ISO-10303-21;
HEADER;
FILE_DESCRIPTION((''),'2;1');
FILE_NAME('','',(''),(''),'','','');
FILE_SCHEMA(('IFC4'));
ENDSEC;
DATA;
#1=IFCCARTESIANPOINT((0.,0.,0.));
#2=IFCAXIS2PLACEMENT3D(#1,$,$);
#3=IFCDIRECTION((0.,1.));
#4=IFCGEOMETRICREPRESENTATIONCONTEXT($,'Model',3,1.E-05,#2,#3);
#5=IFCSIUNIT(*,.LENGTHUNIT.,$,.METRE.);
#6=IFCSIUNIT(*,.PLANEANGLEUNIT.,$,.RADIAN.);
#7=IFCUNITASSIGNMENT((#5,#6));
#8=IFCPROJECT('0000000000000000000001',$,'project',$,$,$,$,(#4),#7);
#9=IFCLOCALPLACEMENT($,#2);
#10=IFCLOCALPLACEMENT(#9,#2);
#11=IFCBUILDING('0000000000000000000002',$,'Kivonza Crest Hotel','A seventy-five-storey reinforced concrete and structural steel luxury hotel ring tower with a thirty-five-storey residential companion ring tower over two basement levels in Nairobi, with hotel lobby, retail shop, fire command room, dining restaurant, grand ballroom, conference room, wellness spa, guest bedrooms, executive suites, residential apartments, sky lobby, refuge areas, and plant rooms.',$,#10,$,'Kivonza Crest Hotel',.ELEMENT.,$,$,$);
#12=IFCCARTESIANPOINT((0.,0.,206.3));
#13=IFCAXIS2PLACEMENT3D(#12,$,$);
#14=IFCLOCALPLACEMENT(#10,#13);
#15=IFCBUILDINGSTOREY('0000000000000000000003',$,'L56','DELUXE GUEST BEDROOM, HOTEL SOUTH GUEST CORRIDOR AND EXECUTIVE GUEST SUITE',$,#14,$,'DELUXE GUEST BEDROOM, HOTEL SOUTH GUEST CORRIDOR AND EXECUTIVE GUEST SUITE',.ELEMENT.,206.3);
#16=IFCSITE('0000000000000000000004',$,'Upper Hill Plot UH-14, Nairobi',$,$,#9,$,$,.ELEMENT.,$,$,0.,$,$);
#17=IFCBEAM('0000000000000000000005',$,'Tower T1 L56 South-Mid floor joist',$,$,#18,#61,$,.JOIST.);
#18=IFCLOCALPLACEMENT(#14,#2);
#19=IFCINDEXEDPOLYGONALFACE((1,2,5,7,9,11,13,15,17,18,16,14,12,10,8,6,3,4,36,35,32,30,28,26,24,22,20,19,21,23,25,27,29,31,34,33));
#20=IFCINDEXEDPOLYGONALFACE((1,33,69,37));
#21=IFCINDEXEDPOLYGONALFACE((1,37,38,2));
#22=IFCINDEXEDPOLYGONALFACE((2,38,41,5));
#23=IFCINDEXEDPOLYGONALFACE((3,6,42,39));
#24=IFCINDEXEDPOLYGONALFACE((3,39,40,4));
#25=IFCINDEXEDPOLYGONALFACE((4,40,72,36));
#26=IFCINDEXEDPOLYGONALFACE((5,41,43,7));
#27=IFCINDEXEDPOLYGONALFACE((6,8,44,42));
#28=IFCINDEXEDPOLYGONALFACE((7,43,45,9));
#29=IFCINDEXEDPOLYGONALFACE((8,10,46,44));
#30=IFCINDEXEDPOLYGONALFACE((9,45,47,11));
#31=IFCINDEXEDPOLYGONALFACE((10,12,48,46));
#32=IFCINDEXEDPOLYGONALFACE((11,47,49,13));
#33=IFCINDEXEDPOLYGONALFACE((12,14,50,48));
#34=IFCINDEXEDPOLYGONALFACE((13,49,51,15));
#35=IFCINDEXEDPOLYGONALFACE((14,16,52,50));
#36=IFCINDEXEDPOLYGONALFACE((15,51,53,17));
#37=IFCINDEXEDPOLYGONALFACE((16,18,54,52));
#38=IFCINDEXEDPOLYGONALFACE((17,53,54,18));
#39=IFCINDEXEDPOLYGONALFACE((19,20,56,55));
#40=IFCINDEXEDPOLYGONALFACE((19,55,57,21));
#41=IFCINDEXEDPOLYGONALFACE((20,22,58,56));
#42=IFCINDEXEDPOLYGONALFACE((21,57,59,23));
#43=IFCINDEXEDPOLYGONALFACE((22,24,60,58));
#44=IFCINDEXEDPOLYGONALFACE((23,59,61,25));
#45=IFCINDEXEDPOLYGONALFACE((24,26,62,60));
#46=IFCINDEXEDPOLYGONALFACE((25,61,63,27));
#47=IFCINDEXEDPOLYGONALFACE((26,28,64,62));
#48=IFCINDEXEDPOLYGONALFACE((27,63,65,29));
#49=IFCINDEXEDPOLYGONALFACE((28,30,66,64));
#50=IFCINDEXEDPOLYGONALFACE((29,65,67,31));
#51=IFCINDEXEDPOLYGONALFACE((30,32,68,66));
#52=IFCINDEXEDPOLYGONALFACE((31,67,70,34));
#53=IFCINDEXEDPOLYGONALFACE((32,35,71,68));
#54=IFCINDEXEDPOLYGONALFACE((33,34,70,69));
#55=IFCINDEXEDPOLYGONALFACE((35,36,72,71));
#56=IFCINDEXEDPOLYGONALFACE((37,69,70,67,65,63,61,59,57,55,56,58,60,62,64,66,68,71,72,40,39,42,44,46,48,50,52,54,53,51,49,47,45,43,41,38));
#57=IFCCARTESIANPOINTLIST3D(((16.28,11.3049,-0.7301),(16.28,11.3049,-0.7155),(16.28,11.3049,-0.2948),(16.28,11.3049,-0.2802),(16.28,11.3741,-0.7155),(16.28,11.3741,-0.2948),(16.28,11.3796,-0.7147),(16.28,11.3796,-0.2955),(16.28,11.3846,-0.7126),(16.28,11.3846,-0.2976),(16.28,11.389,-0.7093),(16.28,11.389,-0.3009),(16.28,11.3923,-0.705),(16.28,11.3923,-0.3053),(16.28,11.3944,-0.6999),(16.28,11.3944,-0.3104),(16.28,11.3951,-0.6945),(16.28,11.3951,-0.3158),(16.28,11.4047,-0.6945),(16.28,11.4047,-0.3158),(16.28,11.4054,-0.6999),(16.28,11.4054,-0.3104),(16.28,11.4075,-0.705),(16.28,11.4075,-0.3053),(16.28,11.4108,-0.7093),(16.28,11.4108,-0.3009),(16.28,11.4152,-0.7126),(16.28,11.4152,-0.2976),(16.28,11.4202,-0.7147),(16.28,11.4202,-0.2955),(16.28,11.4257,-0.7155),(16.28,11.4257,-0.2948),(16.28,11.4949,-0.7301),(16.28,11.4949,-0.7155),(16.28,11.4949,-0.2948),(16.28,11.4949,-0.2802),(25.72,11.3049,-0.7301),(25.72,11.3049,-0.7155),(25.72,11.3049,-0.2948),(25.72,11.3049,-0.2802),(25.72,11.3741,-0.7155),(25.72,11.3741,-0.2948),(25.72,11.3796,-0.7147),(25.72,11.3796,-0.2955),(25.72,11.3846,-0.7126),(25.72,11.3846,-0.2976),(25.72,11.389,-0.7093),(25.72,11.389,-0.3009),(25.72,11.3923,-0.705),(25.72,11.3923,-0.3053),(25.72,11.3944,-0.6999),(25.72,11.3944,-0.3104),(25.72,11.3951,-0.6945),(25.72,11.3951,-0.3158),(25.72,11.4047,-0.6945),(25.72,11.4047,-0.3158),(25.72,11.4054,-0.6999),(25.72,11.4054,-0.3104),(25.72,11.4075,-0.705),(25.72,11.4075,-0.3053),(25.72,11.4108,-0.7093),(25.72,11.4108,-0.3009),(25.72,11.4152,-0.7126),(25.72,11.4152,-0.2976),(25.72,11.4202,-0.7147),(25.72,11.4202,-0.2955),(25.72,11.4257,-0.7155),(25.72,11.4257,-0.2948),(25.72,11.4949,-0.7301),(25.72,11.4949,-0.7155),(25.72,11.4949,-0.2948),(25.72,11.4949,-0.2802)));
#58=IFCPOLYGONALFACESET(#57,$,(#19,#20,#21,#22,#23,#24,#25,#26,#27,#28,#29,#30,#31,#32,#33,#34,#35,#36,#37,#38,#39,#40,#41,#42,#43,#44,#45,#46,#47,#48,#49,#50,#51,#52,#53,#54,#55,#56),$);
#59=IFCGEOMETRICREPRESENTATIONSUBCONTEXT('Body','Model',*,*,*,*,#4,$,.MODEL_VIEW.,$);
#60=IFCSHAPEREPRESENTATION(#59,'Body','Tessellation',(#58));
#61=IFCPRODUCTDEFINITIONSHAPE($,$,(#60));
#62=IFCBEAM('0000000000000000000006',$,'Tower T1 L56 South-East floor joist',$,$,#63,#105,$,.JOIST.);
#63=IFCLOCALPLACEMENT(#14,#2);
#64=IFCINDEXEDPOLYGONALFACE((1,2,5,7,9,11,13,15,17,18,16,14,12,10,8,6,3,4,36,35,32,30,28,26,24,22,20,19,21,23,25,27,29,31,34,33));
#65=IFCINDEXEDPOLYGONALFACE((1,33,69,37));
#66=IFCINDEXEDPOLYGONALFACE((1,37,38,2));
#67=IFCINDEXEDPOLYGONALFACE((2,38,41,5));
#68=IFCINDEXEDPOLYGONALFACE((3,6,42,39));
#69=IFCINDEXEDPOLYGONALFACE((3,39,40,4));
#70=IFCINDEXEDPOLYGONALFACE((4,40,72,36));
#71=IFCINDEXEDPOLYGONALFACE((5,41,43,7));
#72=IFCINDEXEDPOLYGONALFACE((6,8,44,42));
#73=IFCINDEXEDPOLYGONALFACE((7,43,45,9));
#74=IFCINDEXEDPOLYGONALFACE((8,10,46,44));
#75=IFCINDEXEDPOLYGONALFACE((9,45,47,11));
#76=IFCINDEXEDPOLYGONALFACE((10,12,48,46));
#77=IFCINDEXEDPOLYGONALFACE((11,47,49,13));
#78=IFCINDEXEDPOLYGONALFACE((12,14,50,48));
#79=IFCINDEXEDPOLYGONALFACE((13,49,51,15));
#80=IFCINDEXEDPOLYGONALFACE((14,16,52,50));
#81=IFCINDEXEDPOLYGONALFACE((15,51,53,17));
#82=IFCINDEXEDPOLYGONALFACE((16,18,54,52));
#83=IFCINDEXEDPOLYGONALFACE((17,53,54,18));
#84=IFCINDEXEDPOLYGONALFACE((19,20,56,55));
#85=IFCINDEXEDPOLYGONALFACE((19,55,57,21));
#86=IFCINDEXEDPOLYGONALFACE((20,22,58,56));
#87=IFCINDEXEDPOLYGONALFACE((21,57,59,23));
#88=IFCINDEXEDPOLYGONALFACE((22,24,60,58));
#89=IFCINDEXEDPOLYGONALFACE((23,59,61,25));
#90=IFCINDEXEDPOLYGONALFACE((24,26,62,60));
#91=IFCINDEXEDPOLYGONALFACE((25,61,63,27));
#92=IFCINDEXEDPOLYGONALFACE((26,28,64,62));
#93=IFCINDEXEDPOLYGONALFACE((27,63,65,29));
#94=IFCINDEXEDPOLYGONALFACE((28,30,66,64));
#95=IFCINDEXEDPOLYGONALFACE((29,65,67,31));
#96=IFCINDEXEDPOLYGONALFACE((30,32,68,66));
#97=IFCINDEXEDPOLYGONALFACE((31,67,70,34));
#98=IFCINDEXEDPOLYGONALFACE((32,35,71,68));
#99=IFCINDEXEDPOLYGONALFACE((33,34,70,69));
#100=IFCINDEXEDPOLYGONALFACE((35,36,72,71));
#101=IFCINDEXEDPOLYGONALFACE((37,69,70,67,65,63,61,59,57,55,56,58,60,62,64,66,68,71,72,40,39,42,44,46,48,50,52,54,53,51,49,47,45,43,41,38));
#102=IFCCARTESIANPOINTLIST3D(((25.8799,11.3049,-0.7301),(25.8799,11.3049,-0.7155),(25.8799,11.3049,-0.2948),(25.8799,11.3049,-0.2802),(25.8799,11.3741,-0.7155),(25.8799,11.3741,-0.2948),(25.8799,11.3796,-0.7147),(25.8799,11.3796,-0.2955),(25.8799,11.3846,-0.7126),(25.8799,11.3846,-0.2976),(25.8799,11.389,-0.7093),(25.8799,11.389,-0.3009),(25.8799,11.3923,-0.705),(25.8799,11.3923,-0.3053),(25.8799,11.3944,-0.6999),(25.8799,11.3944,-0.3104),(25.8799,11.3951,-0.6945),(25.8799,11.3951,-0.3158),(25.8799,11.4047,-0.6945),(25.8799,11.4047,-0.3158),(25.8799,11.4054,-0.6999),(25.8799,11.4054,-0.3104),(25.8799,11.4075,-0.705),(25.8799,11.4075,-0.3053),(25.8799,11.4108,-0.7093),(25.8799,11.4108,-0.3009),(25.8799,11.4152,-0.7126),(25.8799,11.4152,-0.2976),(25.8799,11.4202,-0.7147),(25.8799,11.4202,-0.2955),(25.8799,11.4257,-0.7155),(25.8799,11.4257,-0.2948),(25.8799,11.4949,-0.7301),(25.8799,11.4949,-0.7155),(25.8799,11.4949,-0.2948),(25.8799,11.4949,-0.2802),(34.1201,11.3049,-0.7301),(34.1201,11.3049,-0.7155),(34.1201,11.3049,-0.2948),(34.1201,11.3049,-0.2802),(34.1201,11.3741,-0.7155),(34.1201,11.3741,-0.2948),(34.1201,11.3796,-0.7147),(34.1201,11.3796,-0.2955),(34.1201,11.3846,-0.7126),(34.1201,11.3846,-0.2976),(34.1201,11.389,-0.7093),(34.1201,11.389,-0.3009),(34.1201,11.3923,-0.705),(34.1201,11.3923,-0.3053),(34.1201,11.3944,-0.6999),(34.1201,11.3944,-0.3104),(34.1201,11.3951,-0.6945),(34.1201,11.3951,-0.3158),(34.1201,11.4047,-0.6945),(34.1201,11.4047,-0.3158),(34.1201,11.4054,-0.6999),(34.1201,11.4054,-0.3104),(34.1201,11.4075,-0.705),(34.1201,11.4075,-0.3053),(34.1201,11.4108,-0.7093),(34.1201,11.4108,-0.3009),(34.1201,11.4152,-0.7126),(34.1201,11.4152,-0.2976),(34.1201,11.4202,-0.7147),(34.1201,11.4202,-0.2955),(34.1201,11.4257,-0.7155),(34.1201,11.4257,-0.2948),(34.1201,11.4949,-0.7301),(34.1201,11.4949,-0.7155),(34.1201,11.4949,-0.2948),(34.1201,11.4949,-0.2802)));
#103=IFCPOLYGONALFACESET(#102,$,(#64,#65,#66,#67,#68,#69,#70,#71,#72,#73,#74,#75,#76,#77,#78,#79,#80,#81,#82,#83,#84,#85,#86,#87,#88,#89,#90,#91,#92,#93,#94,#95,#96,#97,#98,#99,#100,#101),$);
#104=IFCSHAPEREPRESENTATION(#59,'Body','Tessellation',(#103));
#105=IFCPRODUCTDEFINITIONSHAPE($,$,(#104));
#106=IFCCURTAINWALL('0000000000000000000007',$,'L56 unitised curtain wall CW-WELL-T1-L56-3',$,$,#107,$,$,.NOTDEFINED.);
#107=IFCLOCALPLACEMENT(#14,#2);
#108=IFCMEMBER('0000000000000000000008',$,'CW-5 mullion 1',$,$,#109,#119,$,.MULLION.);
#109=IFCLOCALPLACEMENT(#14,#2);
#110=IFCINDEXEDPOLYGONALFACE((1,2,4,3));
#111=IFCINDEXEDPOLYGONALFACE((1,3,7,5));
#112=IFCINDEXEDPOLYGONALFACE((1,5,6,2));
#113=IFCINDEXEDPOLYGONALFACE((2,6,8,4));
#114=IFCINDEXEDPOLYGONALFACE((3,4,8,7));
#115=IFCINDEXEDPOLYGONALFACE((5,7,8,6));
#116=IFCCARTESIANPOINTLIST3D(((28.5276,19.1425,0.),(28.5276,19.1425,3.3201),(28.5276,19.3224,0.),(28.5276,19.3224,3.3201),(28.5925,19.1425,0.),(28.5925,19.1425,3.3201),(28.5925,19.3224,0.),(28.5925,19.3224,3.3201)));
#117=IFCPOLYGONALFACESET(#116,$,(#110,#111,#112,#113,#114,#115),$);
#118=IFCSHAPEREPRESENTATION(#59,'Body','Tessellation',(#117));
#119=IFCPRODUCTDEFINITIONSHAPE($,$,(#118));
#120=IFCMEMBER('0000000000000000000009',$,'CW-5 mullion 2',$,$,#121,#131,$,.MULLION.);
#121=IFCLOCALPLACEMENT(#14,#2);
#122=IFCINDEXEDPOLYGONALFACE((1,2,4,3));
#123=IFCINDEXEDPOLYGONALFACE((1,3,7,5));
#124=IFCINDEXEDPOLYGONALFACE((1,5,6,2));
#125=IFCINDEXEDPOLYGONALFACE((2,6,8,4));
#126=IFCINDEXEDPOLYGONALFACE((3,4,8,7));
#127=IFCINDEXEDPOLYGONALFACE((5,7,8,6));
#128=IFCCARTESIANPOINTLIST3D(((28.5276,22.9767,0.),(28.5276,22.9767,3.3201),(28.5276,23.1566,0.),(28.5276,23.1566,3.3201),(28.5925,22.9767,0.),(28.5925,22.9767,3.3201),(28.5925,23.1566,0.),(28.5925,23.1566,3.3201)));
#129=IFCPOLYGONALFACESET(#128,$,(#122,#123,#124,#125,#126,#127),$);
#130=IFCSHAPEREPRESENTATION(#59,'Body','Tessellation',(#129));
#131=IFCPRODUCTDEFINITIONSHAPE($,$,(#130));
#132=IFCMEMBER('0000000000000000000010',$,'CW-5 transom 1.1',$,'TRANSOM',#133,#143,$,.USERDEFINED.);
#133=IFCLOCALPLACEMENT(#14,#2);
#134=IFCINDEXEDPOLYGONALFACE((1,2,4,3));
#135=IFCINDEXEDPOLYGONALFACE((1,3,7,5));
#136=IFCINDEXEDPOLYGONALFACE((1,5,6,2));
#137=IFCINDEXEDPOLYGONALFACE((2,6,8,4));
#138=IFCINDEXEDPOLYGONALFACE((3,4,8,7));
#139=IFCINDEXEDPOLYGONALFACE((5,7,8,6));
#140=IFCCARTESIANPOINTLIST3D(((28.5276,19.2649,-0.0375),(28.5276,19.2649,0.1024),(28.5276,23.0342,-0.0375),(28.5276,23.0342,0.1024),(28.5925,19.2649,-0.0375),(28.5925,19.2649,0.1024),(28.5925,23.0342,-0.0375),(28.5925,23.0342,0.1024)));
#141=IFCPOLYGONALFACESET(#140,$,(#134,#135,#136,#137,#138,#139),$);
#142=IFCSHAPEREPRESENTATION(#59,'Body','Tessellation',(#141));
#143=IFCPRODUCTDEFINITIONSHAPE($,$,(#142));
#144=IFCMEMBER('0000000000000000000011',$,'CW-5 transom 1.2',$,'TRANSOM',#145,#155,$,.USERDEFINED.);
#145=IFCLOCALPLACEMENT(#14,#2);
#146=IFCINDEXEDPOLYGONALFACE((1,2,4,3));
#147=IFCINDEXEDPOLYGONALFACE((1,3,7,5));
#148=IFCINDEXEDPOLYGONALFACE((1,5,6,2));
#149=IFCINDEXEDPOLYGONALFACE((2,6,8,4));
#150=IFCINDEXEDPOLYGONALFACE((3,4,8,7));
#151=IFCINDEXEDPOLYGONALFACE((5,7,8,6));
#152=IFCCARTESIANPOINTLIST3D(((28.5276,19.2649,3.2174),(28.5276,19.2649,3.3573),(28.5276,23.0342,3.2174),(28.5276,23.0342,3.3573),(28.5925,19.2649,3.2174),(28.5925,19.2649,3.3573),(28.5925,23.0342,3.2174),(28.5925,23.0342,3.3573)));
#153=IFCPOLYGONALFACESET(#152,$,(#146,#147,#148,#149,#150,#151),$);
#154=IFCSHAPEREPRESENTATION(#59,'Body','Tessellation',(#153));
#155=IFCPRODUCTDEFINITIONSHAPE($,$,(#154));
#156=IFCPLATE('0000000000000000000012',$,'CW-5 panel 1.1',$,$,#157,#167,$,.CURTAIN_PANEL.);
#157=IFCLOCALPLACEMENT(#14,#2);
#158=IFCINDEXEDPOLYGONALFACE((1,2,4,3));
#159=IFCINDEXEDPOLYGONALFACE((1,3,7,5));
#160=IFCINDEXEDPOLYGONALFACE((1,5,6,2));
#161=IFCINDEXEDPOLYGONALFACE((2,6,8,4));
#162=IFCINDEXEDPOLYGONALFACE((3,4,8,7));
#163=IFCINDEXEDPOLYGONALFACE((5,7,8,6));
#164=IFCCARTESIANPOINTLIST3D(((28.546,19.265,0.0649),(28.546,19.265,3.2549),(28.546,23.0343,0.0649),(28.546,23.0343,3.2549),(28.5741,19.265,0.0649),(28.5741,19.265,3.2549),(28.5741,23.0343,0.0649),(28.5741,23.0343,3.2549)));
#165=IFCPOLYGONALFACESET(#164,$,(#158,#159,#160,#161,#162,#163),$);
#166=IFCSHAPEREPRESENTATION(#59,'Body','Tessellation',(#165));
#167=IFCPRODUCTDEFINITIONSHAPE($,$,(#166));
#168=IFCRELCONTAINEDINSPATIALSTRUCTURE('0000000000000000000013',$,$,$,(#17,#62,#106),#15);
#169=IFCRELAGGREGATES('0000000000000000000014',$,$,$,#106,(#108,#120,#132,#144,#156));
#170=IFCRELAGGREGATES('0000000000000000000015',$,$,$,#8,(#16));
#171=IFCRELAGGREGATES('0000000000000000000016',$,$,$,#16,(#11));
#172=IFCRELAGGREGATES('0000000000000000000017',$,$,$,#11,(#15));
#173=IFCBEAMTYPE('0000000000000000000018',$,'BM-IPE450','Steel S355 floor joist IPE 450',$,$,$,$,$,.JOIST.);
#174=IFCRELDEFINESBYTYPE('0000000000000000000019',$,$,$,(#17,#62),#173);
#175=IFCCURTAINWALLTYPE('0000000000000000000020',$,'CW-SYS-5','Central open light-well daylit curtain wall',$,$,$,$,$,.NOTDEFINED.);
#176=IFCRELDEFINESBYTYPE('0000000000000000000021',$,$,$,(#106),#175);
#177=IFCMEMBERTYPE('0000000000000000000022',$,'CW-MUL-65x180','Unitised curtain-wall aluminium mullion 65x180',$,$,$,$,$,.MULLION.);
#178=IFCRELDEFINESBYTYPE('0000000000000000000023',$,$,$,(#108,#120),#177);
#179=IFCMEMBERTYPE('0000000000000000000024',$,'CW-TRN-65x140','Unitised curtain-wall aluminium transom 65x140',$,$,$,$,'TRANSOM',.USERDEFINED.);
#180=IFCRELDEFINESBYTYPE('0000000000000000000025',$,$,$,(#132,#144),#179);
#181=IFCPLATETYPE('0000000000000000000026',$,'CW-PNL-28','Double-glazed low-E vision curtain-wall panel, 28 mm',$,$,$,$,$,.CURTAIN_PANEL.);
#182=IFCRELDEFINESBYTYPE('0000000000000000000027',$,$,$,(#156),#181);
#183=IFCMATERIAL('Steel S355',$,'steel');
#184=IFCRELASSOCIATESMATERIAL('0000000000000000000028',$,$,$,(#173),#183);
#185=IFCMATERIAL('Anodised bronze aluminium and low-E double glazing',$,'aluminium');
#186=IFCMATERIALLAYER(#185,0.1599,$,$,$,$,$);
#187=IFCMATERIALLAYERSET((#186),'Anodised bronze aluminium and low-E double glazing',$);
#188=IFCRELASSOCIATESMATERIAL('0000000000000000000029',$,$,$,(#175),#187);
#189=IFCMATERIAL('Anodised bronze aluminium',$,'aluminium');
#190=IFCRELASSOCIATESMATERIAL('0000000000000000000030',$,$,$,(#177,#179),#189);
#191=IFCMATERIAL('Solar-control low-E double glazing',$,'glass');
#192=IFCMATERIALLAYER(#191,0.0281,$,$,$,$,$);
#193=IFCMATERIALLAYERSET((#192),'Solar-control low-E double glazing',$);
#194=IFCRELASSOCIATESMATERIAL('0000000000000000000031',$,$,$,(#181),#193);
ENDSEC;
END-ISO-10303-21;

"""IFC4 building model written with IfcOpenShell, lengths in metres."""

from ifc_helpers import new_model, si_unit, direction, frame, origin, origin_2d, place, context, subcontext, project, spatial, rectangle, i_section, extrude, material, layer, layer_set, material_profile, profile_set, type_object, element, aggregate, save


model = new_model("IFC4")

# Units and contexts
model_context = context("Model", 3, precision=1e-05, world=origin(), true_north=direction((0.0, 1.0)))
body_context = subcontext(model_context, "Body", "Model", "MODEL_VIEW")
ifc_project = project(units=[si_unit("LENGTHUNIT", "METRE"), si_unit("PLANEANGLEUNIT", "RADIAN")], contexts=[model_context])

# Site, building, storey
site_placement = place(None, origin())
site = spatial("IfcSite", under=ifc_project, at=site_placement, Name="Upper Hill Plot UH-14, Nairobi", CompositionType="ELEMENT", RefElevation=0.0)
building_placement = place(site_placement, origin())
building = spatial("IfcBuilding", under=site, at=building_placement, Name="Kivonza Crest Hotel", Description="A seventy-five-storey reinforced concrete and structural steel luxury hotel ring tower with a thirty-five-storey residential companion ring tower over two basement levels in Nairobi, with hotel lobby, retail shop, fire command room, dining restaurant, grand ballroom, conference room, wellness spa, guest bedrooms, executive suites, residential apartments, sky lobby, refuge areas, and plant rooms.", LongName="Kivonza Crest Hotel", CompositionType="ELEMENT")
storey_placement = place(building_placement, frame((0.0, 0.0, 206.3)))
storey = spatial("IfcBuildingStorey", under=building, at=storey_placement, Name="L56", Description="DELUXE GUEST BEDROOM, HOTEL SOUTH GUEST CORRIDOR AND EXECUTIVE GUEST SUITE", LongName="DELUXE GUEST BEDROOM, HOTEL SOUTH GUEST CORRIDOR AND EXECUTIVE GUEST SUITE", CompositionType="ELEMENT", Elevation=206.3)

# Beams
ifc_material_1 = material(Name="Steel S355", Category="steel")
ifc_material_profile_1 = material_profile(ifc_material_1, i_section(OverallWidth=0.1899, OverallDepth=0.45, WebThickness=0.0095, FlangeThickness=0.0146, FilletRadius=0.021, at=origin_2d()), Name="IPE 450")
ifc_profile_set_1 = profile_set([ifc_material_profile_1], Name="Steel S355")
beam_type = type_object("IfcBeamType", Name="BM-IPE450", Description="Steel S355 floor joist IPE 450", PredefinedType="JOIST", material=ifc_profile_set_1)
beam_1_placement = place(storey_placement, frame((16.28, 11.3999, -0.5051), z_axis=(1.0, 0.0, 0.0), x_axis=(0.0, 1.0, 0.0)))
element("IfcBeam", 1, at=beam_1_placement, inside=storey, type_object=beam_type, Name="Tower T1 L56 South-Mid floor joist", PredefinedType="JOIST", context=body_context, shape_type="SweptSolid", body=[
    extrude(i_section(OverallWidth=0.1899, OverallDepth=0.45, WebThickness=0.0095, FlangeThickness=0.0146, FilletRadius=0.021, at=origin_2d()), origin(), (0.0, 0.0, 1.0), 9.4399),
])
beam_2_placement = place(storey_placement, frame((25.8799, 11.3999, -0.5051), z_axis=(1.0, 0.0, 0.0), x_axis=(0.0, 1.0, 0.0)))
element("IfcBeam", 2, at=beam_2_placement, inside=storey, type_object=beam_type, Name="Tower T1 L56 South-East floor joist", PredefinedType="JOIST", context=body_context, shape_type="SweptSolid", body=[
    extrude(i_section(OverallWidth=0.1899, OverallDepth=0.45, WebThickness=0.0095, FlangeThickness=0.0146, FilletRadius=0.021, at=origin_2d()), origin(), (0.0, 0.0, 1.0), 8.2402),
])

# Curtain wall, members, plate
ifc_material_2 = material(Name="Anodised bronze aluminium and low-E double glazing", Category="aluminium")
ifc_layer_1 = layer(ifc_material_2, 0.1599)
ifc_layer_set_1 = layer_set([ifc_layer_1], Name="Anodised bronze aluminium and low-E double glazing")
curtain_wall_type = type_object("IfcCurtainWallType", Name="CW-SYS-5", Description="Central open light-well daylit curtain wall", PredefinedType="NOTDEFINED", material=ifc_layer_set_1)
curtain_wall_placement = place(storey_placement, origin())
curtain_wall = element("IfcCurtainWall", 3, at=curtain_wall_placement, inside=storey, type_object=curtain_wall_type, Name="L56 unitised curtain wall CW-WELL-T1-L56-3", PredefinedType="NOTDEFINED")
ifc_material_3 = material(Name="Anodised bronze aluminium", Category="aluminium")
ifc_material_profile_2 = material_profile(ifc_material_3, rectangle(XDim=0.0649, YDim=0.1799, at=origin_2d()), Name="CW-M 65x180")
ifc_profile_set_2 = profile_set([ifc_material_profile_2], Name="Anodised bronze aluminium")
member_type_1 = type_object("IfcMemberType", Name="CW-MUL-65x180", Description="Unitised curtain-wall aluminium mullion 65x180", PredefinedType="MULLION", material=ifc_profile_set_2)
member_1_placement = place(storey_placement, frame((28.5601, 19.2324, 0.0), z_axis=(0.0, 0.0, 1.0), x_axis=(-1.0, 0.0, 0.0)))
member_1 = element("IfcMember", 4, at=member_1_placement, type_object=member_type_1, Name="CW-5 mullion 1", PredefinedType="MULLION", context=body_context, shape_type="SweptSolid", body=[
    extrude(rectangle(XDim=0.0649, YDim=0.1799, at=origin_2d()), origin(), (0.0, 0.0, 1.0), 3.3201),
])
member_2_placement = place(storey_placement, frame((28.5601, 23.0667, 0.0), z_axis=(0.0, 0.0, 1.0), x_axis=(-1.0, 0.0, 0.0)))
member_2 = element("IfcMember", 5, at=member_2_placement, type_object=member_type_1, Name="CW-5 mullion 2", PredefinedType="MULLION", context=body_context, shape_type="SweptSolid", body=[
    extrude(rectangle(XDim=0.0649, YDim=0.1799, at=origin_2d()), origin(), (0.0, 0.0, 1.0), 3.3201),
])
ifc_material_profile_3 = material_profile(ifc_material_3, rectangle(XDim=0.0649, YDim=0.1399, at=origin_2d()), Name="CW-T 65x140")
ifc_profile_set_3 = profile_set([ifc_material_profile_3], Name="Anodised bronze aluminium")
member_type_2 = type_object("IfcMemberType", Name="CW-TRN-65x140", Description="Unitised curtain-wall aluminium transom 65x140", ElementType="TRANSOM", PredefinedType="USERDEFINED", material=ifc_profile_set_3)
member_3_placement = place(storey_placement, frame((28.5601, 19.2649, 0.0325), z_axis=(0.0, 1.0, 0.0), x_axis=(-1.0, 0.0, 0.0)))
member_3 = element("IfcMember", 6, at=member_3_placement, type_object=member_type_2, Name="CW-5 transom 1.1", ObjectType="TRANSOM", PredefinedType="USERDEFINED", context=body_context, shape_type="SweptSolid", body=[
    extrude(rectangle(XDim=0.0649, YDim=0.1399, at=origin_2d()), origin(), (0.0, 0.0, 1.0), 3.7693),
])
member_4_placement = place(storey_placement, frame((28.5601, 19.2649, 3.2874), z_axis=(0.0, 1.0, 0.0), x_axis=(-1.0, 0.0, 0.0)))
member_4 = element("IfcMember", 7, at=member_4_placement, type_object=member_type_2, Name="CW-5 transom 1.2", ObjectType="TRANSOM", PredefinedType="USERDEFINED", context=body_context, shape_type="SweptSolid", body=[
    extrude(rectangle(XDim=0.0649, YDim=0.1399, at=origin_2d()), origin(), (0.0, 0.0, 1.0), 3.7693),
])
ifc_material_4 = material(Name="Solar-control low-E double glazing", Category="glass")
ifc_layer_2 = layer(ifc_material_4, 0.0281)
ifc_layer_set_2 = layer_set([ifc_layer_2], Name="Solar-control low-E double glazing")
plate_type = type_object("IfcPlateType", Name="CW-PNL-28", Description="Double-glazed low-E vision curtain-wall panel, 28 mm", PredefinedType="CURTAIN_PANEL", material=ifc_layer_set_2)
plate_placement = place(storey_placement, frame((28.5601, 21.1497, 0.0649), z_axis=(0.0, 0.0, 1.0), x_axis=(0.0, 1.0, 0.0)))
plate = element("IfcPlate", 8, at=plate_placement, type_object=plate_type, Name="CW-5 panel 1.1", PredefinedType="CURTAIN_PANEL", context=body_context, shape_type="SweptSolid", body=[
    extrude(rectangle(XDim=3.7693, YDim=0.0281, at=origin_2d()), origin(), (0.0, 0.0, 1.0), 3.1899),
])
aggregate(curtain_wall, [member_1, member_2, member_3, member_4, plate])

save(model, "model.ifc")
